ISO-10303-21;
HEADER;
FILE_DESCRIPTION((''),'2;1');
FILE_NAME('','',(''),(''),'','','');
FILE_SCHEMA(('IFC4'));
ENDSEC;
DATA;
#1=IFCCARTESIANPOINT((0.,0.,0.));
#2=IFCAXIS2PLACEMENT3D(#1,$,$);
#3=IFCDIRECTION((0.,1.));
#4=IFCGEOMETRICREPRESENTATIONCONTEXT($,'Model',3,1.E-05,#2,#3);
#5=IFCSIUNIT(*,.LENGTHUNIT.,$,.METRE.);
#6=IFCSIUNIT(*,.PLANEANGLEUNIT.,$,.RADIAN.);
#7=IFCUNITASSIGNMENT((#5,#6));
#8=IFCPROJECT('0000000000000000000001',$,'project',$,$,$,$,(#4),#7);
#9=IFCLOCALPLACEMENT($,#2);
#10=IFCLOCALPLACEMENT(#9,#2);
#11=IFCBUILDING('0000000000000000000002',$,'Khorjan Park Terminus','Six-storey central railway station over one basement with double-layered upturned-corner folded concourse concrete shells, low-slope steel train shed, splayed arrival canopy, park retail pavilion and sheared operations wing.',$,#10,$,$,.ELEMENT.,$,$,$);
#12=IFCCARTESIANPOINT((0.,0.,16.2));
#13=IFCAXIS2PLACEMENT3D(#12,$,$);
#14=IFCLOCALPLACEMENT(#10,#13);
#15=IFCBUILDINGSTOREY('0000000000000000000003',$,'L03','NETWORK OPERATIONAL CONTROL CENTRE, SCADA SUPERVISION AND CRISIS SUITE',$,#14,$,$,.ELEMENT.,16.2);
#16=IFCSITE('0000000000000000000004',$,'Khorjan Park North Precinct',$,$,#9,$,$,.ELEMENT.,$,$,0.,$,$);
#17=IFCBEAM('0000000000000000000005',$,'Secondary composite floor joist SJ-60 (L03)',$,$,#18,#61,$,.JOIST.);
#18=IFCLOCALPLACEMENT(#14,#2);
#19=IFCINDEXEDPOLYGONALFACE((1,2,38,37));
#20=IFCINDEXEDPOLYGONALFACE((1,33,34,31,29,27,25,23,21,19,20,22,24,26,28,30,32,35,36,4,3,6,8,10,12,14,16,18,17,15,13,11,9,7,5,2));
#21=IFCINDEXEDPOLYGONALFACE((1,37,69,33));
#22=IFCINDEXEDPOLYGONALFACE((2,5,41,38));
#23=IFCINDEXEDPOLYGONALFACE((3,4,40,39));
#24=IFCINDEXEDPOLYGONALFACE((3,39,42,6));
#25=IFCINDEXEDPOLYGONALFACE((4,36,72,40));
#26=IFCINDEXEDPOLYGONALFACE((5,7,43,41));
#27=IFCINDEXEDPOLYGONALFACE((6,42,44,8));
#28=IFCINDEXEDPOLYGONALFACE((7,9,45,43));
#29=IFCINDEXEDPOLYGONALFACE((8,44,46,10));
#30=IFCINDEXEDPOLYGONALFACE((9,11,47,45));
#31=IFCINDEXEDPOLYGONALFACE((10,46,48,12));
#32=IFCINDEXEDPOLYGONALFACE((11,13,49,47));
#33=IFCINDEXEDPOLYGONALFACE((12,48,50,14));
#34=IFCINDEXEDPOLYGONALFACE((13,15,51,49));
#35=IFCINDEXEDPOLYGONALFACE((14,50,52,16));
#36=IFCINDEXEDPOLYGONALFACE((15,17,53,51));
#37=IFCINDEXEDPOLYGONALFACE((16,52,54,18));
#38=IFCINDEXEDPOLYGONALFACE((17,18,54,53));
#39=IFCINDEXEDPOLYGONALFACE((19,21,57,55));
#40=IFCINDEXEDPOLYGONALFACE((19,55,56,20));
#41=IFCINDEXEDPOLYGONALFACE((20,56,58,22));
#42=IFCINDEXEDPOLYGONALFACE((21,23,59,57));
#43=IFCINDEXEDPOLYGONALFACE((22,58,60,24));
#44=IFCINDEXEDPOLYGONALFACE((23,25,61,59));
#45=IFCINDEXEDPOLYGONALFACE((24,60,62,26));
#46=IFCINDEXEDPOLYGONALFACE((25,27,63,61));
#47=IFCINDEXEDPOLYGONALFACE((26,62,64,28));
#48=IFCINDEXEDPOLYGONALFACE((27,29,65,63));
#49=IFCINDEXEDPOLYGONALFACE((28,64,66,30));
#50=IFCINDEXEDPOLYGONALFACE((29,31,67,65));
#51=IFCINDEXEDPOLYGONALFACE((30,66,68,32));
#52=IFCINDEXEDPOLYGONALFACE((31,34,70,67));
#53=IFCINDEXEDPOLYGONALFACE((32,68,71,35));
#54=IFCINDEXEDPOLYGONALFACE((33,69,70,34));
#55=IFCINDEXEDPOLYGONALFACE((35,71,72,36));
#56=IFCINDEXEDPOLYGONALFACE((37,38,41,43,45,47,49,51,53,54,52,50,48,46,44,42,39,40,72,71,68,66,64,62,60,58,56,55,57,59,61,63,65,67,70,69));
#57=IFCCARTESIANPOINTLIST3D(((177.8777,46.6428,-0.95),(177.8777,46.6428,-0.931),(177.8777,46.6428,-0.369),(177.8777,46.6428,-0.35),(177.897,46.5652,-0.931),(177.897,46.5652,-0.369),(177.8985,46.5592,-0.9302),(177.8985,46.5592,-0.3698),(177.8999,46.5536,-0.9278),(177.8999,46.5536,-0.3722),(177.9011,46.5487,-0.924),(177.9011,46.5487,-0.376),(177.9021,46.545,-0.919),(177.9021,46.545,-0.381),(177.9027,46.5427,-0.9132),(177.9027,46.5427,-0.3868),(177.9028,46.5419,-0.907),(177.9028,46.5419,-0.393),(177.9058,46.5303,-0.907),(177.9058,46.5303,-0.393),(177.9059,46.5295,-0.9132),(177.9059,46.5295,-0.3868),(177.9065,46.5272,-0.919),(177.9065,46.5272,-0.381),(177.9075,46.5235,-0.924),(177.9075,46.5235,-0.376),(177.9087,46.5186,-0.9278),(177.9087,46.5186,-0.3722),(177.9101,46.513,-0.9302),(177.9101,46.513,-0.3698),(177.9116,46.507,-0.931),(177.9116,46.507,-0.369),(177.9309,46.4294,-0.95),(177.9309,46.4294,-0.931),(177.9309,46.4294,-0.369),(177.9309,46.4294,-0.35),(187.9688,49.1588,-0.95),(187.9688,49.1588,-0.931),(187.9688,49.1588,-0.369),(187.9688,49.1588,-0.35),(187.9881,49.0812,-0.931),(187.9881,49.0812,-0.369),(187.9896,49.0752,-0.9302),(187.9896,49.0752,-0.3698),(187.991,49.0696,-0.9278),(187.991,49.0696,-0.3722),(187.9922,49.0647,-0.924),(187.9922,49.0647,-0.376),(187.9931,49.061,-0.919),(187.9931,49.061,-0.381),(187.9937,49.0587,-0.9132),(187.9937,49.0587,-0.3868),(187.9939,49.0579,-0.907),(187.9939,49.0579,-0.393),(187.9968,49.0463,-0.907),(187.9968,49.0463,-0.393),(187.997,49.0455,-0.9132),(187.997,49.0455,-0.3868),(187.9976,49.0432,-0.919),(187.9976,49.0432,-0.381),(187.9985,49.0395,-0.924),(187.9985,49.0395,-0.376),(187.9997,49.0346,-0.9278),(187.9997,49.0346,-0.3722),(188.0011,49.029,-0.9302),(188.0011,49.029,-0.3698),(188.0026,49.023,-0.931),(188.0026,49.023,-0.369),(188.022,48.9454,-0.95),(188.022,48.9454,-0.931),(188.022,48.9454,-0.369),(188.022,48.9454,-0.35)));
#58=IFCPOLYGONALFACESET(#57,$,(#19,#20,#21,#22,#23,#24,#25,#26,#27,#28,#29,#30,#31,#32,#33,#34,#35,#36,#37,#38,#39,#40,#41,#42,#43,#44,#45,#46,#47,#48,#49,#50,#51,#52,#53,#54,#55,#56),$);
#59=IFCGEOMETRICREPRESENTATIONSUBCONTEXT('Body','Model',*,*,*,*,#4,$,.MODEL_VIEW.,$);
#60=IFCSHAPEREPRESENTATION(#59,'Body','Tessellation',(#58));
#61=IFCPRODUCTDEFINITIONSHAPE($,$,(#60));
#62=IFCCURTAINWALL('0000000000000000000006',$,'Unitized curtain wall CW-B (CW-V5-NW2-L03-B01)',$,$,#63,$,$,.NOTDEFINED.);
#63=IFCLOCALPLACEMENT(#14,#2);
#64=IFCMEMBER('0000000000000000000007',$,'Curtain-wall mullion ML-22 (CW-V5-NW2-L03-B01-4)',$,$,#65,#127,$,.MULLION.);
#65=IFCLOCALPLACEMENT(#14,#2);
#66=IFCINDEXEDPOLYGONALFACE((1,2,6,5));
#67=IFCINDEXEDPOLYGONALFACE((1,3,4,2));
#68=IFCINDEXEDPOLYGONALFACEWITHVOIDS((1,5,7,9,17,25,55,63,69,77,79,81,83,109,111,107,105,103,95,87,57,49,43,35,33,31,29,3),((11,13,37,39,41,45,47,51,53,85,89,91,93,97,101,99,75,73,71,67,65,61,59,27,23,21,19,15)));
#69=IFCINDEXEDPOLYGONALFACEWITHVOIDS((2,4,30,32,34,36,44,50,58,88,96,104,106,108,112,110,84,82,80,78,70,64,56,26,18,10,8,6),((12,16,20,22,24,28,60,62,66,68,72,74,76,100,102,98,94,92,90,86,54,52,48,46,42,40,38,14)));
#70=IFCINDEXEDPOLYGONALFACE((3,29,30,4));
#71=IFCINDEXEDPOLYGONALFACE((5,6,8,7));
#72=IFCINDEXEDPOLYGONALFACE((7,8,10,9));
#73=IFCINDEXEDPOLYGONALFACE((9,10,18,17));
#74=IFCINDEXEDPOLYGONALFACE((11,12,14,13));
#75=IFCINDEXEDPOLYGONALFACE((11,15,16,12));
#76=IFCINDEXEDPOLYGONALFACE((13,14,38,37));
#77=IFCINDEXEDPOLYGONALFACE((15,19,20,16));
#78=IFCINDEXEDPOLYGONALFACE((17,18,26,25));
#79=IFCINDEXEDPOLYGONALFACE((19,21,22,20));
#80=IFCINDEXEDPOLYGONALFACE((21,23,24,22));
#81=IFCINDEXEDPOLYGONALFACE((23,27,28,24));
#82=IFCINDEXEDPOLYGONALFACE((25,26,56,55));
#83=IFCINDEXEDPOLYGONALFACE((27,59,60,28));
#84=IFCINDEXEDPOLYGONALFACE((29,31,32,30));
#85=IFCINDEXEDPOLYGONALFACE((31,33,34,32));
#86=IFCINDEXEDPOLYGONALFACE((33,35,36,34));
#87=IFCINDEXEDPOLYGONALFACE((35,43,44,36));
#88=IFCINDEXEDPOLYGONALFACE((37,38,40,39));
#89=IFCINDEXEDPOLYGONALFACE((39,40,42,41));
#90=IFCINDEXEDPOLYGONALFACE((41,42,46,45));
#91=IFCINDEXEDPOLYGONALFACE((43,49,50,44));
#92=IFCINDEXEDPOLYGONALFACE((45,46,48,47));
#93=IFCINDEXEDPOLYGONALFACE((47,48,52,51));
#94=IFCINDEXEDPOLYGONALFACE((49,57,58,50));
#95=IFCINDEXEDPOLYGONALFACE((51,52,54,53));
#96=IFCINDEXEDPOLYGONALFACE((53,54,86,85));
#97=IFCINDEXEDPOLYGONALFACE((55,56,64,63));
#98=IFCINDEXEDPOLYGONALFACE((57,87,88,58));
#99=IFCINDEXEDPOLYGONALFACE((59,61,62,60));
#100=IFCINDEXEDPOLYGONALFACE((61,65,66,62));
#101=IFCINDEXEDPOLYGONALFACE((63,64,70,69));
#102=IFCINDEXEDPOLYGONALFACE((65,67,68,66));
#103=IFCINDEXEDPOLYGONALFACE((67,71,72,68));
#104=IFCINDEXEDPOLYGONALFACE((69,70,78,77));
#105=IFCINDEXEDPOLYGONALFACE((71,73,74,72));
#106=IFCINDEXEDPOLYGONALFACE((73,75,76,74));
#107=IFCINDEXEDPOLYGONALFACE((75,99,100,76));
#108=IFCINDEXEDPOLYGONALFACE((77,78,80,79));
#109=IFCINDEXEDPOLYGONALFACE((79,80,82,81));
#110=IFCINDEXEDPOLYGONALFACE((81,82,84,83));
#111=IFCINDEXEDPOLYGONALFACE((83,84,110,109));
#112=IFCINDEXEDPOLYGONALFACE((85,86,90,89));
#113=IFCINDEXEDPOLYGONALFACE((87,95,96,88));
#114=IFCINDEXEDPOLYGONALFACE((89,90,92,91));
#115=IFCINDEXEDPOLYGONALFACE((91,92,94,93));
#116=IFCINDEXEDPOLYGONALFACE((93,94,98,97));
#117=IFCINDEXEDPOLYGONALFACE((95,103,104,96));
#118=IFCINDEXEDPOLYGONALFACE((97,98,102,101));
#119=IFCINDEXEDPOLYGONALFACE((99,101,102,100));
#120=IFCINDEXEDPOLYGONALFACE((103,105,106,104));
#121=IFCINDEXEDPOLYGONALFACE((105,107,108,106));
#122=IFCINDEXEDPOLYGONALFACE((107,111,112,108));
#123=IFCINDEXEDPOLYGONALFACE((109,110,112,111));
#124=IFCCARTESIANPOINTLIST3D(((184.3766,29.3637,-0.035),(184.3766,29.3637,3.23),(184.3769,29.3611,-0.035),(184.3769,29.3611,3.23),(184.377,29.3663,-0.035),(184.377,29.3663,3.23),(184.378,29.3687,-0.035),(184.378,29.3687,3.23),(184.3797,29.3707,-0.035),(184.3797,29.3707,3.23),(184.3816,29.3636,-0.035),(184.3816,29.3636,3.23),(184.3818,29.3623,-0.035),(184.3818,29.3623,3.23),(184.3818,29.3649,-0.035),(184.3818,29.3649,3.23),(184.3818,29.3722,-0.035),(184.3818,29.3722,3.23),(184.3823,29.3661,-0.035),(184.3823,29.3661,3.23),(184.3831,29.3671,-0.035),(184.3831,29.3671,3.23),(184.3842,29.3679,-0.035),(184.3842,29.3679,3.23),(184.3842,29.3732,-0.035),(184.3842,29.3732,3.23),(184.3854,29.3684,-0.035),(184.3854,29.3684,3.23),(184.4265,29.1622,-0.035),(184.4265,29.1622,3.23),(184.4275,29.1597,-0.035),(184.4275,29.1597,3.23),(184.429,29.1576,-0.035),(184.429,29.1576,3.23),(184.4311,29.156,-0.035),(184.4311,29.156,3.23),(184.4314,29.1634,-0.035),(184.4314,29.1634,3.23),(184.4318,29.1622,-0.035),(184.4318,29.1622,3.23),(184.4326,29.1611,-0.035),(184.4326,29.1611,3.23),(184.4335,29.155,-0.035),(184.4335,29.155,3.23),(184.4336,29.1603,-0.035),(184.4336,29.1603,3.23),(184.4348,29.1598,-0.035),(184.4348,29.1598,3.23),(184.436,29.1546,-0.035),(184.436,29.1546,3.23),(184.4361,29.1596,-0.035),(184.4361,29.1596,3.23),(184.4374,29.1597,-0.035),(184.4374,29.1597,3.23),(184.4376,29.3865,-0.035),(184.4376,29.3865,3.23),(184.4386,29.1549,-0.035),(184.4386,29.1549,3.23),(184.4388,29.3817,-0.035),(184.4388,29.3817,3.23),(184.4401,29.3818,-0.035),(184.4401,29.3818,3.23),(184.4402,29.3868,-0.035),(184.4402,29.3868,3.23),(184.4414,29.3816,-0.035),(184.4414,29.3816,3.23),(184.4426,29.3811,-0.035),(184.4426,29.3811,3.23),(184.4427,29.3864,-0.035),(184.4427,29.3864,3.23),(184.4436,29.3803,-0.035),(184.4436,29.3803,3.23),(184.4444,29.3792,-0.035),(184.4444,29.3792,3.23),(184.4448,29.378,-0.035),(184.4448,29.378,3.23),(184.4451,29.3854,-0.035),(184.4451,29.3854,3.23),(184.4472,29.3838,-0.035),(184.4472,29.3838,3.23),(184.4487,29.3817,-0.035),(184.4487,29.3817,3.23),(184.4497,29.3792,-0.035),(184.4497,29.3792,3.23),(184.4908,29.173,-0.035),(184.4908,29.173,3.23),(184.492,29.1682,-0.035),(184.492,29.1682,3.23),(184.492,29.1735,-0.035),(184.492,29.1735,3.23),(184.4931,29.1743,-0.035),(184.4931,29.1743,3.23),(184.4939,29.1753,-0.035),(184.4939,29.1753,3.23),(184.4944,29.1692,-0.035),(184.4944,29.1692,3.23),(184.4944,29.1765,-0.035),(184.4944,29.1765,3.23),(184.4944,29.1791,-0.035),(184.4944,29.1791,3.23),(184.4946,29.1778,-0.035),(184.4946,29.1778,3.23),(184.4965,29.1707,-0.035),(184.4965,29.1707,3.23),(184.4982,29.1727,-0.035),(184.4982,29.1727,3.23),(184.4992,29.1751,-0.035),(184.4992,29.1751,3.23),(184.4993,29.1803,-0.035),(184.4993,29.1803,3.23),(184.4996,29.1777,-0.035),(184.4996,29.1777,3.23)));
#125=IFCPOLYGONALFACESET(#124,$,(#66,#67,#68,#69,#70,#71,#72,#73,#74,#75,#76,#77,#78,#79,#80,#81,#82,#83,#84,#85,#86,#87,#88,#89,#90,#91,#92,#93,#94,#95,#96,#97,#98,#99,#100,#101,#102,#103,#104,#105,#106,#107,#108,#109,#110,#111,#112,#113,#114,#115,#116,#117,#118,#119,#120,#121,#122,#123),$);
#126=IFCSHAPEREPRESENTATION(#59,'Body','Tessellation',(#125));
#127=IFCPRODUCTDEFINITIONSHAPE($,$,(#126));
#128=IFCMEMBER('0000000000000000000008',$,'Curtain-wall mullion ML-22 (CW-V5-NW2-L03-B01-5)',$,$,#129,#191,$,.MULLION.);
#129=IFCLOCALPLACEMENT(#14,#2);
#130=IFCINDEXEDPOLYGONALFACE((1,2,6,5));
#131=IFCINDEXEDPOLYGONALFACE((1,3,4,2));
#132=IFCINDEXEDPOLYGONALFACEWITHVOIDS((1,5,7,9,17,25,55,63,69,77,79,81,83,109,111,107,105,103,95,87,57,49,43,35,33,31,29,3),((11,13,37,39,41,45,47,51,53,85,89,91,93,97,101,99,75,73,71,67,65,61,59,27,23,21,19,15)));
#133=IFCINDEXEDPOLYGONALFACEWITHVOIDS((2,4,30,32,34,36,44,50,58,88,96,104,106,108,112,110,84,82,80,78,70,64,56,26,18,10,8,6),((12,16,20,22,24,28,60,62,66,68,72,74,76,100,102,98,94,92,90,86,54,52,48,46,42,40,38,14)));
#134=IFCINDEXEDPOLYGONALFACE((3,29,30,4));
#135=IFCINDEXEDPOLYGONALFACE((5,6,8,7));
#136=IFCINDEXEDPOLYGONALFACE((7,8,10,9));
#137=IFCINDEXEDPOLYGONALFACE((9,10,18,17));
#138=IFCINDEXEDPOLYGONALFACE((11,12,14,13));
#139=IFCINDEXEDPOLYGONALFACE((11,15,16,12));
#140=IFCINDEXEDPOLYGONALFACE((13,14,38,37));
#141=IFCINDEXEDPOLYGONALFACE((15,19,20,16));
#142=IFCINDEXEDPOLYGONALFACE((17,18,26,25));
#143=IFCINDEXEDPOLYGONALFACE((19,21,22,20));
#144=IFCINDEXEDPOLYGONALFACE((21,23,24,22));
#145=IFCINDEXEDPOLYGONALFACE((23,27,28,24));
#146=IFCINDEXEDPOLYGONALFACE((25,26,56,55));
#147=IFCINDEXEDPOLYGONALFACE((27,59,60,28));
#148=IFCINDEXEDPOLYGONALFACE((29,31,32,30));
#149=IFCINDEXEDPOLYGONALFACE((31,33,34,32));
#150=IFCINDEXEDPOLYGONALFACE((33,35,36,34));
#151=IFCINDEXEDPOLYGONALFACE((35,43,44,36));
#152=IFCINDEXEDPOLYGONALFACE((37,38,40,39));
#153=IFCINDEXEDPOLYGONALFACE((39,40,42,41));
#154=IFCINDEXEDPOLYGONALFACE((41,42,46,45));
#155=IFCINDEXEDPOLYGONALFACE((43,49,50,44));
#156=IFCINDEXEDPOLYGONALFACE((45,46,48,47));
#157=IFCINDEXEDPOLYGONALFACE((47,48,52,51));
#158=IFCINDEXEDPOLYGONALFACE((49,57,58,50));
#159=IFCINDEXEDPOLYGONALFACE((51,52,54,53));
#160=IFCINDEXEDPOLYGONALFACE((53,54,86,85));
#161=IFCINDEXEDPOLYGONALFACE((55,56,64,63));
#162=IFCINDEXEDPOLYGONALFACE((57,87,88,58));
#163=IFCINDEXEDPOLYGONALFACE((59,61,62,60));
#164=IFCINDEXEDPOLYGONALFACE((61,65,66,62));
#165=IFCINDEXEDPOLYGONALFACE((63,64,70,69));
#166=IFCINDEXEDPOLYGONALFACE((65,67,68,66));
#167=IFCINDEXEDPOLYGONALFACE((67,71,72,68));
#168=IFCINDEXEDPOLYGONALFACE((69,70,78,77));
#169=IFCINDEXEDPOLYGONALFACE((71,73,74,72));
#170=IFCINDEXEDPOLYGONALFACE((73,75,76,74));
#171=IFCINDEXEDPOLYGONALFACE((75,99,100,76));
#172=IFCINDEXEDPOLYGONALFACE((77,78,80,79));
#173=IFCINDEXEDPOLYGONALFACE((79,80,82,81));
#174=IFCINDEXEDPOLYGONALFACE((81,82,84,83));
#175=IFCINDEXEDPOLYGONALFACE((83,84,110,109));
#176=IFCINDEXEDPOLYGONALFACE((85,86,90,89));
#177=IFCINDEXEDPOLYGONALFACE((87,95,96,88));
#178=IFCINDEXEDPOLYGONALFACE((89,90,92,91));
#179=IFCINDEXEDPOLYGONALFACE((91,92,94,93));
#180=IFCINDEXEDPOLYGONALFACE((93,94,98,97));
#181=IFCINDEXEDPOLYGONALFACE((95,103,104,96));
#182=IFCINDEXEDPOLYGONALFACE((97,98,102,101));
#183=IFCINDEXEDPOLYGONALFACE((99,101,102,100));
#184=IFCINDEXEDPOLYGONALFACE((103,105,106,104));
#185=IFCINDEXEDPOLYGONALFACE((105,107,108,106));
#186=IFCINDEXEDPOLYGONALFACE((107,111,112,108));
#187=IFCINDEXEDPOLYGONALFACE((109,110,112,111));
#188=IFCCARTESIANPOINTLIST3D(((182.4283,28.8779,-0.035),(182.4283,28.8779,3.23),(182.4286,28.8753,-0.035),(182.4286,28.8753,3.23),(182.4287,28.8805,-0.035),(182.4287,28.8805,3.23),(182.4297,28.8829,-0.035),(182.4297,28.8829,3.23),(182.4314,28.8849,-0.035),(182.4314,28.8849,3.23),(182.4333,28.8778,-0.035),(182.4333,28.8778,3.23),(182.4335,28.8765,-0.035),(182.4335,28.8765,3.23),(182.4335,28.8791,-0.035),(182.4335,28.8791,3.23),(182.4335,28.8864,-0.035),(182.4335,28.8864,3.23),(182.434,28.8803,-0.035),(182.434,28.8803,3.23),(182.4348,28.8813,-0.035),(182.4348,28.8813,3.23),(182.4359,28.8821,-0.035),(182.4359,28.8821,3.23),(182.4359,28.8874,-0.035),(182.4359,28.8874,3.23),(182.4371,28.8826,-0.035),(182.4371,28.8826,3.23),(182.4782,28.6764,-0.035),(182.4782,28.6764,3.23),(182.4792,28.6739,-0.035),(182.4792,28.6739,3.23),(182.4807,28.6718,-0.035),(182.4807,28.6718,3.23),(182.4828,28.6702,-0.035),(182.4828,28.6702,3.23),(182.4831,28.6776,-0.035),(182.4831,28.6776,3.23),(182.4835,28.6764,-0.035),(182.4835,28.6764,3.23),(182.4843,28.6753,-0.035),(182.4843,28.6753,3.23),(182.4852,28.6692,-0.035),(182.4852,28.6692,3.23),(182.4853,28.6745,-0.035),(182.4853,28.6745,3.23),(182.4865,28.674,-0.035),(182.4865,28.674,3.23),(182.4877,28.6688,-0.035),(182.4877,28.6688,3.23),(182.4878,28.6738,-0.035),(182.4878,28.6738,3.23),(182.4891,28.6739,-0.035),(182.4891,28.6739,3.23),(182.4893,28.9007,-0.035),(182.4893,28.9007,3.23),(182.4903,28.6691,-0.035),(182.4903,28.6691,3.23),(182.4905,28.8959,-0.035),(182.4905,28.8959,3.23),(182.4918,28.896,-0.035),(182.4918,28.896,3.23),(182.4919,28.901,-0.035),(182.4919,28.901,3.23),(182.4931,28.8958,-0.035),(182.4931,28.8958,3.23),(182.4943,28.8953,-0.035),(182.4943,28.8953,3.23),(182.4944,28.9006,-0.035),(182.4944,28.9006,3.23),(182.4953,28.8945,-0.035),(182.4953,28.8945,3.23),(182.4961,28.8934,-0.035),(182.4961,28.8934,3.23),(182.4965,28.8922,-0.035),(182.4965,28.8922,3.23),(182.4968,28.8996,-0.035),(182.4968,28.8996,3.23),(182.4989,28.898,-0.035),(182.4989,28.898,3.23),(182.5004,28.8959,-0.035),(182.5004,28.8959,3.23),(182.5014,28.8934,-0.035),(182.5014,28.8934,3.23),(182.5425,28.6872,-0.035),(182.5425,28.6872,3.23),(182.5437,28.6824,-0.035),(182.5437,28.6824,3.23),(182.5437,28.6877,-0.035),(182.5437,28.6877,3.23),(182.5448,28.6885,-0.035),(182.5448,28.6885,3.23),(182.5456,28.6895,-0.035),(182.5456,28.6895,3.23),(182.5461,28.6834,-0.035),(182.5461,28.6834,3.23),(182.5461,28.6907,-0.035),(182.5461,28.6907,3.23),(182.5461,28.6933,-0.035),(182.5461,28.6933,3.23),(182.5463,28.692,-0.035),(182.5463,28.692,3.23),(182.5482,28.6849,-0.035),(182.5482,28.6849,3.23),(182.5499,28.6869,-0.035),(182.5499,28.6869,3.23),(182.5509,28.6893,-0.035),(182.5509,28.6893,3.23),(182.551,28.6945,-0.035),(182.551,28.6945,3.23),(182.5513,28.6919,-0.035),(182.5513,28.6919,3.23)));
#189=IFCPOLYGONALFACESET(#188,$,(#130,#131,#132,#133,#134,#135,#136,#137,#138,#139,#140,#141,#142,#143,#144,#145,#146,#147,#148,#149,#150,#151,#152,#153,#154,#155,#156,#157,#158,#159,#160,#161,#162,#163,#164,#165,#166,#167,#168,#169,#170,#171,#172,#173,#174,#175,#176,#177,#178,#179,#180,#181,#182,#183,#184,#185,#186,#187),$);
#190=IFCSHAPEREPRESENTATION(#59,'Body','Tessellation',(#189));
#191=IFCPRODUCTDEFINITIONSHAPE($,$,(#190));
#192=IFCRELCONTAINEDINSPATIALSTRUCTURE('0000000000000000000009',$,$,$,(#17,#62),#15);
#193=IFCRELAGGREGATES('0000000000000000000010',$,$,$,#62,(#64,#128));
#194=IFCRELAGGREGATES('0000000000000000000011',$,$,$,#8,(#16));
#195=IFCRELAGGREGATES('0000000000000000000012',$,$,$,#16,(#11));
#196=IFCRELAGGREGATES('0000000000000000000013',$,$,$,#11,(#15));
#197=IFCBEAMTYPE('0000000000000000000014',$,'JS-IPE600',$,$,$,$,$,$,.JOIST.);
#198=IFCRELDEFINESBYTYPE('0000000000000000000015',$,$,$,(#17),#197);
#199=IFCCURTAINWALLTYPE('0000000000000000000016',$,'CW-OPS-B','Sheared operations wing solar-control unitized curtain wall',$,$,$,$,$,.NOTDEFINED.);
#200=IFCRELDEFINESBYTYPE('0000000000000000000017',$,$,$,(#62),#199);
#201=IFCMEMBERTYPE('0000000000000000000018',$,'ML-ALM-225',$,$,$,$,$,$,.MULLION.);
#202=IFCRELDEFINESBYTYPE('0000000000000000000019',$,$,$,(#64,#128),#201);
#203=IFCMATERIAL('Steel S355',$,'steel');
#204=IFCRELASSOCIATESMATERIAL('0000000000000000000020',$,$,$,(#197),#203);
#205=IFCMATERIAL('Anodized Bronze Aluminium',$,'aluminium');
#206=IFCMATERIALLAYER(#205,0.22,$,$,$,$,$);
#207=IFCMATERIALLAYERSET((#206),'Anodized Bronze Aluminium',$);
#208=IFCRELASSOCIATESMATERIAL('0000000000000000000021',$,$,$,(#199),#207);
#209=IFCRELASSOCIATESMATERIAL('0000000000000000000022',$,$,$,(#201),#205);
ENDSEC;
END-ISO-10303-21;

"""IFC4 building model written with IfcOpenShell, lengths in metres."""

from ifc_helpers import new_model, si_unit, direction, frame, origin, origin_2d, place, context, subcontext, project, spatial, hollow_rectangle, i_section, extrude, material, layer, layer_set, material_profile, profile_set, type_object, element, aggregate, save


model = new_model("IFC4")

# Units and contexts
model_context = context("Model", 3, precision=1e-05, world=origin(), true_north=direction((0.0, 1.0)))
body_context = subcontext(model_context, "Body", "Model", "MODEL_VIEW")
ifc_project = project(units=[si_unit("LENGTHUNIT", "METRE"), si_unit("PLANEANGLEUNIT", "RADIAN")], contexts=[model_context])

# Site, building, storey
site_placement = place(None, origin())
site = spatial("IfcSite", under=ifc_project, at=site_placement, Name="Khorjan Park North Precinct", CompositionType="ELEMENT", RefElevation=0.0)
building_placement = place(site_placement, origin())
building = spatial("IfcBuilding", under=site, at=building_placement, Name="Khorjan Park Terminus", Description="Six-storey central railway station over one basement with double-layered upturned-corner folded concourse concrete shells, low-slope steel train shed, splayed arrival canopy, park retail pavilion and sheared operations wing.", CompositionType="ELEMENT")
storey_placement = place(building_placement, frame((0.0, 0.0, 16.2)))
storey = spatial("IfcBuildingStorey", under=building, at=storey_placement, Name="L03", Description="NETWORK OPERATIONAL CONTROL CENTRE, SCADA SUPERVISION AND CRISIS SUITE", CompositionType="ELEMENT", Elevation=16.2)

# Beam
ifc_material_1 = material(Name="Steel S355", Category="steel")
ifc_material_profile_1 = material_profile(ifc_material_1, i_section(OverallWidth=0.22, OverallDepth=0.6, WebThickness=0.012, FlangeThickness=0.019, FilletRadius=0.024, at=origin_2d()), Name="IPE 600")
ifc_profile_set_1 = profile_set([ifc_material_profile_1], Name="Steel S355")
beam_type_1 = type_object("IfcBeamType", Name="JS-IPE600", PredefinedType="JOIST", material=ifc_profile_set_1)
beam_1_placement = place(storey_placement, frame((177.9043, 46.5361, -0.65), z_axis=(0.970296, 0.241922, 0.0), x_axis=(-0.241922, 0.970296, 0.0)))
element("IfcBeam", 1, at=beam_1_placement, inside=storey, type_object=beam_type_1, Name="Secondary composite floor joist SJ-60 (L03)", PredefinedType="JOIST", context=body_context, shape_type="SweptSolid", body=[
    extrude(i_section(OverallWidth=0.22, OverallDepth=0.6, WebThickness=0.012, FlangeThickness=0.019, FilletRadius=0.024, at=origin_2d()), origin(), (0.0, 0.0, 1.0), 10.4),
])

# Curtain wall, members
ifc_material_2 = material(Name="Anodized Bronze Aluminium", Category="aluminium")
ifc_layer_1 = layer(ifc_material_2, 0.22)
ifc_layer_set_1 = layer_set([ifc_layer_1], Name="Anodized Bronze Aluminium")
curtain_wall_type = type_object("IfcCurtainWallType", Name="CW-OPS-B", Description="Sheared operations wing solar-control unitized curtain wall", PredefinedType="NOTDEFINED", material=ifc_layer_set_1)
curtain_wall_placement = place(storey_placement, origin())
curtain_wall = element("IfcCurtainWall", 2, at=curtain_wall_placement, inside=storey, type_object=curtain_wall_type, Name="Unitized curtain wall CW-B (CW-V5-NW2-L03-B01)", PredefinedType="NOTDEFINED")
ifc_material_profile_2 = material_profile(ifc_material_2, hollow_rectangle(XDim=0.075, YDim=0.225, WallThickness=0.005, InnerFilletRadius=0.005, OuterFilletRadius=0.01, at=origin_2d()), Name="ALM 75x225x5")
ifc_profile_set_2 = profile_set([ifc_material_profile_2], Name="Anodized Bronze Aluminium")
member_type_1 = type_object("IfcMemberType", Name="ML-ALM-225", PredefinedType="MULLION", material=ifc_profile_set_2)
member_1_placement = place(storey_placement, frame((184.4381, 29.2707, -0.035), z_axis=(0.0, 0.0, 1.0), x_axis=(-0.970296, -0.241919, 0.0)))
member_1 = element("IfcMember", 3, at=member_1_placement, type_object=member_type_1, Name="Curtain-wall mullion ML-22 (CW-V5-NW2-L03-B01-4)", PredefinedType="MULLION", context=body_context, shape_type="SweptSolid", body=[
    extrude(hollow_rectangle(XDim=0.075, YDim=0.225, WallThickness=0.005, InnerFilletRadius=0.005, OuterFilletRadius=0.01, at=origin_2d()), origin(), (0.0, 0.0, 1.0), 3.265),
])
member_2_placement = place(storey_placement, frame((182.4898, 28.7849, -0.035), z_axis=(0.0, 0.0, 1.0), x_axis=(-0.970296, -0.241919, 0.0)))
member_2 = element("IfcMember", 4, at=member_2_placement, type_object=member_type_1, Name="Curtain-wall mullion ML-22 (CW-V5-NW2-L03-B01-5)", PredefinedType="MULLION", context=body_context, shape_type="SweptSolid", body=[
    extrude(hollow_rectangle(XDim=0.075, YDim=0.225, WallThickness=0.005, InnerFilletRadius=0.005, OuterFilletRadius=0.01, at=origin_2d()), origin(), (0.0, 0.0, 1.0), 3.265),
])
aggregate(curtain_wall, [member_1, member_2])

save(model, "model.ifc")
